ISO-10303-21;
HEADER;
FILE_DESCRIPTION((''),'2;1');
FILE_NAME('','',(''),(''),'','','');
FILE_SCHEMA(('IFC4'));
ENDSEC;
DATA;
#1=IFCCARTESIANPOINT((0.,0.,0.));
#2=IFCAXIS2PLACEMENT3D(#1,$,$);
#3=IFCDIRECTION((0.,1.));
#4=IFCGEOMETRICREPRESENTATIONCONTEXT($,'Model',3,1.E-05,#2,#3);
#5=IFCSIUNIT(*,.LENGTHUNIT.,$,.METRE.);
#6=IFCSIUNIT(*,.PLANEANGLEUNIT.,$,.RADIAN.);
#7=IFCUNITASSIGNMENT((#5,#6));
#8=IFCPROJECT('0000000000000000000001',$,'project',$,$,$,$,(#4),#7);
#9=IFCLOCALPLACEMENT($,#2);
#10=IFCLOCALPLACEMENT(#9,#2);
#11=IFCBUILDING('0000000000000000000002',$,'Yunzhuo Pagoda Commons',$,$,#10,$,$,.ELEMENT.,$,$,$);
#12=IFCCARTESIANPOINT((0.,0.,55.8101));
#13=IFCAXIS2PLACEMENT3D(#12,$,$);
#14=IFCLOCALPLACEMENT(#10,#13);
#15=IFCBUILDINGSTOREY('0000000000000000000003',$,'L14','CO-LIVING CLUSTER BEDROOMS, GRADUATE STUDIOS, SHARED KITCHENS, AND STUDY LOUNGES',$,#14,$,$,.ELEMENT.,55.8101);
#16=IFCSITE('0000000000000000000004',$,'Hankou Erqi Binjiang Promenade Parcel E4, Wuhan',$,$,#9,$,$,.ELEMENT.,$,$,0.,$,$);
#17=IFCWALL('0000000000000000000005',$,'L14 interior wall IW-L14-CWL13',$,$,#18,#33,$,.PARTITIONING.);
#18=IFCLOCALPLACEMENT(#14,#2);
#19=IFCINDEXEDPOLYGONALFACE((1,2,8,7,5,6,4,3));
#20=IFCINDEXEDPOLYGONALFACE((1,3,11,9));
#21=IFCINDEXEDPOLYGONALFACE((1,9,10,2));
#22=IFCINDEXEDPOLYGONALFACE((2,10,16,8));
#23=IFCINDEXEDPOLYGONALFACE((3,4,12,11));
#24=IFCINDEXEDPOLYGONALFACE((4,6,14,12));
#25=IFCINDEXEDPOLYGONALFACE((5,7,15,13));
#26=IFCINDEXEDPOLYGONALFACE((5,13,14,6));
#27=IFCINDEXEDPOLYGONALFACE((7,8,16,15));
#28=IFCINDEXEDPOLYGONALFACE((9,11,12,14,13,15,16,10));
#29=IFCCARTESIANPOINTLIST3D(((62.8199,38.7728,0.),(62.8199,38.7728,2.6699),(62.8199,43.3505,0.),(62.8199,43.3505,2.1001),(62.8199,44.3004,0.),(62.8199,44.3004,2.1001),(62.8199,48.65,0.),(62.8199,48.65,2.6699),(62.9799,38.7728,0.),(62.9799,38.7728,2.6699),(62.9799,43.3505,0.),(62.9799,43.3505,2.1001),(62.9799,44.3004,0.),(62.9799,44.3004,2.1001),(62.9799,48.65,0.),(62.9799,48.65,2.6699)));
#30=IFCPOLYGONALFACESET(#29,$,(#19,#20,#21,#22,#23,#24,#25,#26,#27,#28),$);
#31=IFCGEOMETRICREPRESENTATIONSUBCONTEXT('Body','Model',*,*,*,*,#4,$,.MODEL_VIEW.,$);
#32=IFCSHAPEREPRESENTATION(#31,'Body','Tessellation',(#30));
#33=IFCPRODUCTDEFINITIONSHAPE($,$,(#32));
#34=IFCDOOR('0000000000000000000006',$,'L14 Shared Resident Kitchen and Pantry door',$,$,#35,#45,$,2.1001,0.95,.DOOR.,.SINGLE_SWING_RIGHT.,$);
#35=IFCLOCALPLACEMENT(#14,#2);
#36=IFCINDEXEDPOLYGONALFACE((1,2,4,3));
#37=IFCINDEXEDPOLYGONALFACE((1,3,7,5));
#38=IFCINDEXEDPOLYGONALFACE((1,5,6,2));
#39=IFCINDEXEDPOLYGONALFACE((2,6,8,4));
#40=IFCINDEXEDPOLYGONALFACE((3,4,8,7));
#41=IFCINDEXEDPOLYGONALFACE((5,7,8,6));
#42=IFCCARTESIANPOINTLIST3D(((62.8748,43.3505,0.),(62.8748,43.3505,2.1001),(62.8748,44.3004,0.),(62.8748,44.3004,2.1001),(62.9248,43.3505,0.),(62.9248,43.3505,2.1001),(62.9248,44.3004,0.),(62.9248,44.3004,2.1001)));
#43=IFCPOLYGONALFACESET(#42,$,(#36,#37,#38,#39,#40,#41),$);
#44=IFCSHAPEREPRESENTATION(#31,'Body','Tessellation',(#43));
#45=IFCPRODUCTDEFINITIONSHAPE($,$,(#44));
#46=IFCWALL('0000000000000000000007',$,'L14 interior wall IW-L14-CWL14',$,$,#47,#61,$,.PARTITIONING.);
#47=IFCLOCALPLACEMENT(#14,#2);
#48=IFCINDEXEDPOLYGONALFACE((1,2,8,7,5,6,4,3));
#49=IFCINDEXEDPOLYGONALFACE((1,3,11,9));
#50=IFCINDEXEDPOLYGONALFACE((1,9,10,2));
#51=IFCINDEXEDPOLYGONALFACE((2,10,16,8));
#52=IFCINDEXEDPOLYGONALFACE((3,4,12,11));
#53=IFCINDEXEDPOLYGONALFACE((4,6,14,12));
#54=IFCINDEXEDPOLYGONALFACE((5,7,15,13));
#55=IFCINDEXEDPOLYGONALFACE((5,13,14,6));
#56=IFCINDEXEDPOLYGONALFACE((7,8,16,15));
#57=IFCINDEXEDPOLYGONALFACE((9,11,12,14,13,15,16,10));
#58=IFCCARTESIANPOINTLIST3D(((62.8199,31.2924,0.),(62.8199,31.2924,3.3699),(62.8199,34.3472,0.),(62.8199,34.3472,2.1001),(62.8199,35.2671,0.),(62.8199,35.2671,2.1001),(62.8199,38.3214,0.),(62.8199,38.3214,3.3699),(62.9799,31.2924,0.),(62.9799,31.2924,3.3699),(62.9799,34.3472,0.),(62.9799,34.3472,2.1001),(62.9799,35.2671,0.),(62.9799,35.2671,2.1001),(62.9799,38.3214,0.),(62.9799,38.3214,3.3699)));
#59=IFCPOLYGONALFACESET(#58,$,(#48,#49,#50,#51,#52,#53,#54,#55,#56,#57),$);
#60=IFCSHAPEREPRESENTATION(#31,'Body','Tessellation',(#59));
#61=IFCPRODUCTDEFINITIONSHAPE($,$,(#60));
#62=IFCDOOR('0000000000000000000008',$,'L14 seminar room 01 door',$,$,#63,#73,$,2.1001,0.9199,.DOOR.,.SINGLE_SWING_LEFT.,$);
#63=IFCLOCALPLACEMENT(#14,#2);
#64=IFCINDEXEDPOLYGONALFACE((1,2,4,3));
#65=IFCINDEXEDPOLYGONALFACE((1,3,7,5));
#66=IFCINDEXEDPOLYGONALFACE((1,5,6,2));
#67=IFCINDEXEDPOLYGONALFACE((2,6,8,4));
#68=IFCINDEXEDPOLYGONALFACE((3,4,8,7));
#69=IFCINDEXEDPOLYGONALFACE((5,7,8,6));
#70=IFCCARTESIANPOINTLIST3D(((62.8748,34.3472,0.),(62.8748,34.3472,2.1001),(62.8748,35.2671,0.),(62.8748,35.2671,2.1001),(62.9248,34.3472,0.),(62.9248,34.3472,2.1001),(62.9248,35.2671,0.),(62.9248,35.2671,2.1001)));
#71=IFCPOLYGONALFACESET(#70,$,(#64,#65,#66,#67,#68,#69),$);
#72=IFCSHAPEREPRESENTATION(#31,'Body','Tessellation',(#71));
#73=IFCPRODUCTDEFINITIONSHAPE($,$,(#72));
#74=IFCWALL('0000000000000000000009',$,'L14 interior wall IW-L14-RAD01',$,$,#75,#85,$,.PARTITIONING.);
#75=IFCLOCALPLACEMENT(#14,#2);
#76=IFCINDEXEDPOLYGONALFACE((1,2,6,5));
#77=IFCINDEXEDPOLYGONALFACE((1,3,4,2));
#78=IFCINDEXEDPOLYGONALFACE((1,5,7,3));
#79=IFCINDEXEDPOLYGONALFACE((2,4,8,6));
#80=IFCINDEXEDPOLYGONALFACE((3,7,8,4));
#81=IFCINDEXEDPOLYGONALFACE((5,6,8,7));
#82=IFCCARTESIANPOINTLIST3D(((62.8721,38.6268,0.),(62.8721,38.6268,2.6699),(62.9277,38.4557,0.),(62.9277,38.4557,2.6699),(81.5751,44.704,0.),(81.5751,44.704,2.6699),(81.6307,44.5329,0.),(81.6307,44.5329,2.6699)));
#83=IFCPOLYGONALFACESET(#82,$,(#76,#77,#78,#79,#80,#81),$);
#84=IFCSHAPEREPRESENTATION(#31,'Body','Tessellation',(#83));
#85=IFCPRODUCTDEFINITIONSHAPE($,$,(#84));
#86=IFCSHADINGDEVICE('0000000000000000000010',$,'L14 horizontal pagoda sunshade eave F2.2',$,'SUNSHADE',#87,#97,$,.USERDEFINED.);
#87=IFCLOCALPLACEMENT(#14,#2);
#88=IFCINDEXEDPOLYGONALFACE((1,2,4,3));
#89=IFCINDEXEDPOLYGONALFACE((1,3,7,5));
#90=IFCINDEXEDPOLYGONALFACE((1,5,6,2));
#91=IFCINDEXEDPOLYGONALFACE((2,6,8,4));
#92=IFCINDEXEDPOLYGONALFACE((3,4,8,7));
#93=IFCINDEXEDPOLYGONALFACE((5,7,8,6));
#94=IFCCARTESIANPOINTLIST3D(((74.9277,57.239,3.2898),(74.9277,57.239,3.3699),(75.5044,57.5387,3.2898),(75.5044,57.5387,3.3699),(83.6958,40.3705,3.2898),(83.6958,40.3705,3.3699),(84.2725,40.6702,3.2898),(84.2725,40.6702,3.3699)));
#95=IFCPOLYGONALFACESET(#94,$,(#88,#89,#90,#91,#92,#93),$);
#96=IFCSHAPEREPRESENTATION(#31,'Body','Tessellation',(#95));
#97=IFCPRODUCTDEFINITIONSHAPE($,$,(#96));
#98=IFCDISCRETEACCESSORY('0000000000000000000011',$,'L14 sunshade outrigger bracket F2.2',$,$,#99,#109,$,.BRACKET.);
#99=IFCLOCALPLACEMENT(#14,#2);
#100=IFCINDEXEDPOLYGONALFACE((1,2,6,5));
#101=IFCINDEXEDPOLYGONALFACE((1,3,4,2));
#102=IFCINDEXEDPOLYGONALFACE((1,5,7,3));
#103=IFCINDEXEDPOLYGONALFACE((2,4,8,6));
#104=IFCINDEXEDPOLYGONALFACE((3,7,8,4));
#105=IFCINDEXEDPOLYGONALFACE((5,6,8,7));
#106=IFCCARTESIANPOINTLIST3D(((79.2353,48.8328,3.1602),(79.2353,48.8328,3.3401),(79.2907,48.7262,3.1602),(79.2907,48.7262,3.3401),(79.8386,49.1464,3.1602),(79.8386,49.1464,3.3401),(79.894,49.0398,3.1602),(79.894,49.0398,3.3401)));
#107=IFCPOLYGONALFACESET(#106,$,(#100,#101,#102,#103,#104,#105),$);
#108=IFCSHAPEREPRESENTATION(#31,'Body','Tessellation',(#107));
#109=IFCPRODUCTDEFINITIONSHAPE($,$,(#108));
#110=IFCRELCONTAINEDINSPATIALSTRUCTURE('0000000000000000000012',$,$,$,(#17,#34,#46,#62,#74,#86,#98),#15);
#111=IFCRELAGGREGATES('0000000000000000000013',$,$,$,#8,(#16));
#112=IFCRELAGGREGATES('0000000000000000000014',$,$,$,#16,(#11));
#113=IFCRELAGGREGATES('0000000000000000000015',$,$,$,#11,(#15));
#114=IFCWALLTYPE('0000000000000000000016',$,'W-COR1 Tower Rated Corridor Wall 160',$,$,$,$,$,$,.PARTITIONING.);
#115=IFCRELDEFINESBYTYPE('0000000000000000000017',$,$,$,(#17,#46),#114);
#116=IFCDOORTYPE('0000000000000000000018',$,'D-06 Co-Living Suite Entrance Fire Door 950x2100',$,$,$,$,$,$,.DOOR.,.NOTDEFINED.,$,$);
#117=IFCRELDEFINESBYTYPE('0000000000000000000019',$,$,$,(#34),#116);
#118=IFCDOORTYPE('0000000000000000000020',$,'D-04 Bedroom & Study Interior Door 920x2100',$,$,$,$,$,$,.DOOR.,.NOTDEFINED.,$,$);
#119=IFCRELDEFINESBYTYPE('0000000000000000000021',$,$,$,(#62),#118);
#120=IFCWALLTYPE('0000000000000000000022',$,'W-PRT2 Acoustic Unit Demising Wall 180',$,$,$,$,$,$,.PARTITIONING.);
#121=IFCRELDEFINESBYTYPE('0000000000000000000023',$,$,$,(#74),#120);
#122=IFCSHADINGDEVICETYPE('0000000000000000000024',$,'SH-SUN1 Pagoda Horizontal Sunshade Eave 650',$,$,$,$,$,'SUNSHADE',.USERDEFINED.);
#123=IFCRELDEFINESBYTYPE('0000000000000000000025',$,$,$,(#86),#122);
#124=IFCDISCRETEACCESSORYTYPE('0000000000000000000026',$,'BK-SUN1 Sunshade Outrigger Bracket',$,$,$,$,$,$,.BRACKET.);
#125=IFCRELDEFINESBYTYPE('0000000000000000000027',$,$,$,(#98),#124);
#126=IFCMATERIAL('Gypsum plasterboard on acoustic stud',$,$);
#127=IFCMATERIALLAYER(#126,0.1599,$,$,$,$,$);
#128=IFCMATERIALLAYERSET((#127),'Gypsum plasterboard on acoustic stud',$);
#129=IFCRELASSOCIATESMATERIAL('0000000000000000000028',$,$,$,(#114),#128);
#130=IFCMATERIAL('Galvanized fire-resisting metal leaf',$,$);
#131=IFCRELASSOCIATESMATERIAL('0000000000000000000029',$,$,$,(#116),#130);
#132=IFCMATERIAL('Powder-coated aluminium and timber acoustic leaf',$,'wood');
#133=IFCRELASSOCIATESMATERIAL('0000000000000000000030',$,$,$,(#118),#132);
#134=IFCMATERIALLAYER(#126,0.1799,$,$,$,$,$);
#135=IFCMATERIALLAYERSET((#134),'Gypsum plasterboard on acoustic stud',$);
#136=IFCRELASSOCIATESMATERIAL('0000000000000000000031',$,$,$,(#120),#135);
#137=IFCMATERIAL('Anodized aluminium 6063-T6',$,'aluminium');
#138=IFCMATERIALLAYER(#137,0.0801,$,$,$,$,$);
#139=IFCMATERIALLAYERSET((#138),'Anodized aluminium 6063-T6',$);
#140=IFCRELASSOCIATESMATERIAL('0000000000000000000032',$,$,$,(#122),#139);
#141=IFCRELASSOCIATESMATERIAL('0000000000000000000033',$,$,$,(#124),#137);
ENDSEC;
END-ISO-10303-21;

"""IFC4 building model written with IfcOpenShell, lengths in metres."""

from ifc_helpers import new_model, si_unit, direction, frame, frame_2d, origin, origin_with_axes, origin_2d, place, context, subcontext, project, spatial, rectangle, extrude, source, transform, mapped, material, layer, layer_set, type_object, element, fill, save


model = new_model("IFC4")

# Units and contexts
model_context = context("Model", 3, precision=1e-05, world=origin(), true_north=direction((0.0, 1.0)))
body_context = subcontext(model_context, "Body", "Model", "MODEL_VIEW")
ifc_project = project(units=[si_unit("LENGTHUNIT", "METRE"), si_unit("PLANEANGLEUNIT", "RADIAN")], contexts=[model_context])

# Site, building, storey
site_placement = place(None, origin())
site = spatial("IfcSite", under=ifc_project, at=site_placement, Name="Hankou Erqi Binjiang Promenade Parcel E4, Wuhan", CompositionType="ELEMENT", RefElevation=0.0)
building_placement = place(site_placement, origin())
building = spatial("IfcBuilding", under=site, at=building_placement, Name="Yunzhuo Pagoda Commons", CompositionType="ELEMENT")
storey_placement = place(building_placement, frame((0.0, 0.0, 55.8101)))
storey = spatial("IfcBuildingStorey", under=building, at=storey_placement, Name="L14", Description="CO-LIVING CLUSTER BEDROOMS, GRADUATE STUDIOS, SHARED KITCHENS, AND STUDY LOUNGES", CompositionType="ELEMENT", Elevation=55.8101)

# Shared definitions
ifc_material_1 = material(Name="Anodized aluminium 6063-T6", Category="aluminium")

# Walls, openings, doors
ifc_material_2 = material(Name="Gypsum plasterboard on acoustic stud")
ifc_layer_1 = layer(ifc_material_2, 0.1599)
ifc_layer_set_1 = layer_set([ifc_layer_1], Name="Gypsum plasterboard on acoustic stud")
wall_type_1 = type_object("IfcWallType", Name="W-COR1 Tower Rated Corridor Wall 160", PredefinedType="PARTITIONING", material=ifc_layer_set_1)
wall_1_placement = place(storey_placement, frame((62.8999, 48.6499, 0.0), z_axis=(0.0, 0.0, 1.0), x_axis=(0.0, -1.0, 0.0)))
wall_1 = element("IfcWall", 1, at=wall_1_placement, inside=storey, type_object=wall_type_1, Name="L14 interior wall IW-L14-CWL13", PredefinedType="PARTITIONING", context=body_context, shape_type="SweptSolid", body=[
    extrude(rectangle(XDim=9.8772, YDim=0.1599, at=frame_2d((4.9385, 0.0))), origin(), (0.0, 0.0, 1.0), 2.6699),
])
opening_1_placement = place(wall_1_placement, frame((4.3494, 0.0, 0.0)))
opening_1 = element("IfcOpeningElement", 2, at=opening_1_placement, cuts=wall_1, PredefinedType="OPENING", context=body_context, shape_type="SweptSolid", body=[
    extrude(rectangle(XDim=0.95, YDim=2.1001, at=frame_2d((0.4751, 1.05))), frame((0.0, 0.0898, 0.0), z_axis=(0.0, -1.0, 0.0), x_axis=(1.0, 0.0, 0.0)), (0.0, 0.0, 1.0), 0.1799),
])
ifc_material_3 = material(Name="Galvanized fire-resisting metal leaf")
door_type_1 = type_object("IfcDoorType", Name="D-06 Co-Living Suite Entrance Fire Door 950x2100", OperationType="NOTDEFINED", PredefinedType="DOOR", material=ifc_material_3)
shared_shape_1 = source(origin(), body_context, "Body", "SweptSolid", [
    extrude(rectangle(XDim=0.95, YDim=2.1001, at=frame_2d((0.4751, 1.05))), frame((0.0, 0.0249, 0.0), z_axis=(0.0, -1.0, 0.0), x_axis=(1.0, 0.0, 0.0)), (0.0, 0.0, 1.0), 0.05),
])
door_1_placement = place(opening_1_placement, origin_with_axes())
door_1 = element("IfcDoor", 3, at=door_1_placement, inside=storey, type_object=door_type_1, Name="L14 Shared Resident Kitchen and Pantry door", OperationType="SINGLE_SWING_RIGHT", OverallHeight=2.1001, OverallWidth=0.95, PredefinedType="DOOR", context=body_context, shape_type="MappedRepresentation", body=[
    mapped(shared_shape_1, transform((0.0, 0.0, 0.0), scale=1.0)),
])
fill(opening_1, door_1)
wall_2_placement = place(storey_placement, frame((62.8999, 38.3215, 0.0), z_axis=(0.0, 0.0, 1.0), x_axis=(0.0, -1.0, 0.0)))
wall_2 = element("IfcWall", 4, at=wall_2_placement, inside=storey, type_object=wall_type_1, Name="L14 interior wall IW-L14-CWL14", PredefinedType="PARTITIONING", context=body_context, shape_type="SweptSolid", body=[
    extrude(rectangle(XDim=7.0291, YDim=0.1599, at=frame_2d((3.5146, 0.0))), origin(), (0.0, 0.0, 1.0), 3.3699),
])
opening_2_placement = place(wall_2_placement, frame((3.0544, 0.0, 0.0)))
opening_2 = element("IfcOpeningElement", 5, at=opening_2_placement, cuts=wall_2, PredefinedType="OPENING", context=body_context, shape_type="SweptSolid", body=[
    extrude(rectangle(XDim=0.9199, YDim=2.1001, at=frame_2d((0.46, 1.05))), frame((0.0, 0.0898, 0.0), z_axis=(0.0, -1.0, 0.0), x_axis=(1.0, 0.0, 0.0)), (0.0, 0.0, 1.0), 0.1799),
])
ifc_material_4 = material(Name="Powder-coated aluminium and timber acoustic leaf", Category="wood")
door_type_2 = type_object("IfcDoorType", Name="D-04 Bedroom & Study Interior Door 920x2100", OperationType="NOTDEFINED", PredefinedType="DOOR", material=ifc_material_4)
shared_shape_2 = source(origin(), body_context, "Body", "SweptSolid", [
    extrude(rectangle(XDim=0.9199, YDim=2.1001, at=frame_2d((0.46, 1.05))), frame((0.0, 0.0249, 0.0), z_axis=(0.0, -1.0, 0.0), x_axis=(1.0, 0.0, 0.0)), (0.0, 0.0, 1.0), 0.05),
])
door_2_placement = place(opening_2_placement, origin_with_axes())
door_2 = element("IfcDoor", 6, at=door_2_placement, inside=storey, type_object=door_type_2, Name="L14 seminar room 01 door", OperationType="SINGLE_SWING_LEFT", OverallHeight=2.1001, OverallWidth=0.9199, PredefinedType="DOOR", context=body_context, shape_type="MappedRepresentation", body=[
    mapped(shared_shape_2, transform((0.0, 0.0, 0.0), scale=1.0)),
])
fill(opening_2, door_2)

# Wall
ifc_layer_2 = layer(ifc_material_2, 0.1799)
ifc_layer_set_2 = layer_set([ifc_layer_2], Name="Gypsum plasterboard on acoustic stud")
wall_type_2 = type_object("IfcWallType", Name="W-PRT2 Acoustic Unit Demising Wall 180", PredefinedType="PARTITIONING", material=ifc_layer_set_2)
wall_3_placement = place(storey_placement, frame((62.8999, 38.5413, 0.0), z_axis=(0.0, 0.0, 1.0), x_axis=(0.951053, 0.309027, 0.0)))
element("IfcWall", 7, at=wall_3_placement, inside=storey, type_object=wall_type_2, Name="L14 interior wall IW-L14-RAD01", PredefinedType="PARTITIONING", context=body_context, shape_type="SweptSolid", body=[
    extrude(rectangle(XDim=19.6655, YDim=0.1799, at=frame_2d((9.8328, 0.0))), origin(), (0.0, 0.0, 1.0), 2.6699),
])

# Shading device
ifc_layer_3 = layer(ifc_material_1, 0.0801)
ifc_layer_set_3 = layer_set([ifc_layer_3], Name="Anodized aluminium 6063-T6")
shading_device_type = type_object("IfcShadingDeviceType", Name="SH-SUN1 Pagoda Horizontal Sunshade Eave 650", ElementType="SUNSHADE", PredefinedType="USERDEFINED", material=ifc_layer_set_3)
shared_shape_3 = source(origin(), body_context, "Body", "SweptSolid", [
    extrude(rectangle(XDim=19.0112, YDim=0.6499, at=origin_2d()), origin(), (0.0, 0.0, 1.0), 0.0801),
])
shading_device_placement = place(storey_placement, frame((79.6001, 48.9546, 3.2898), z_axis=(0.0, 0.0, 1.0), x_axis=(-0.461207, 0.887293, 0.0)))
element("IfcShadingDevice", 8, at=shading_device_placement, inside=storey, type_object=shading_device_type, Name="L14 horizontal pagoda sunshade eave F2.2", ObjectType="SUNSHADE", PredefinedType="USERDEFINED", context=body_context, shape_type="MappedRepresentation", body=[
    mapped(shared_shape_3, transform((0.0, 0.0, 0.0), scale=1.0)),
])

# Discrete accessory
discrete_accessory_type = type_object("IfcDiscreteAccessoryType", Name="BK-SUN1 Sunshade Outrigger Bracket", PredefinedType="BRACKET", material=ifc_material_1)
shared_shape_4 = source(origin(), body_context, "Body", "SweptSolid", [
    extrude(rectangle(XDim=0.1201, YDim=0.6799, at=origin_2d()), origin(), (0.0, 0.0, 1.0), 0.1799),
])
discrete_accessory_placement = place(storey_placement, frame((79.5647, 48.9363, 3.1602), z_axis=(0.0, 0.0, 1.0), x_axis=(-0.461207, 0.887293, 0.0)))
element("IfcDiscreteAccessory", 9, at=discrete_accessory_placement, inside=storey, type_object=discrete_accessory_type, Name="L14 sunshade outrigger bracket F2.2", PredefinedType="BRACKET", context=body_context, shape_type="MappedRepresentation", body=[
    mapped(shared_shape_4, transform((0.0, 0.0, 0.0), scale=1.0)),
])

save(model, "model.ifc")
